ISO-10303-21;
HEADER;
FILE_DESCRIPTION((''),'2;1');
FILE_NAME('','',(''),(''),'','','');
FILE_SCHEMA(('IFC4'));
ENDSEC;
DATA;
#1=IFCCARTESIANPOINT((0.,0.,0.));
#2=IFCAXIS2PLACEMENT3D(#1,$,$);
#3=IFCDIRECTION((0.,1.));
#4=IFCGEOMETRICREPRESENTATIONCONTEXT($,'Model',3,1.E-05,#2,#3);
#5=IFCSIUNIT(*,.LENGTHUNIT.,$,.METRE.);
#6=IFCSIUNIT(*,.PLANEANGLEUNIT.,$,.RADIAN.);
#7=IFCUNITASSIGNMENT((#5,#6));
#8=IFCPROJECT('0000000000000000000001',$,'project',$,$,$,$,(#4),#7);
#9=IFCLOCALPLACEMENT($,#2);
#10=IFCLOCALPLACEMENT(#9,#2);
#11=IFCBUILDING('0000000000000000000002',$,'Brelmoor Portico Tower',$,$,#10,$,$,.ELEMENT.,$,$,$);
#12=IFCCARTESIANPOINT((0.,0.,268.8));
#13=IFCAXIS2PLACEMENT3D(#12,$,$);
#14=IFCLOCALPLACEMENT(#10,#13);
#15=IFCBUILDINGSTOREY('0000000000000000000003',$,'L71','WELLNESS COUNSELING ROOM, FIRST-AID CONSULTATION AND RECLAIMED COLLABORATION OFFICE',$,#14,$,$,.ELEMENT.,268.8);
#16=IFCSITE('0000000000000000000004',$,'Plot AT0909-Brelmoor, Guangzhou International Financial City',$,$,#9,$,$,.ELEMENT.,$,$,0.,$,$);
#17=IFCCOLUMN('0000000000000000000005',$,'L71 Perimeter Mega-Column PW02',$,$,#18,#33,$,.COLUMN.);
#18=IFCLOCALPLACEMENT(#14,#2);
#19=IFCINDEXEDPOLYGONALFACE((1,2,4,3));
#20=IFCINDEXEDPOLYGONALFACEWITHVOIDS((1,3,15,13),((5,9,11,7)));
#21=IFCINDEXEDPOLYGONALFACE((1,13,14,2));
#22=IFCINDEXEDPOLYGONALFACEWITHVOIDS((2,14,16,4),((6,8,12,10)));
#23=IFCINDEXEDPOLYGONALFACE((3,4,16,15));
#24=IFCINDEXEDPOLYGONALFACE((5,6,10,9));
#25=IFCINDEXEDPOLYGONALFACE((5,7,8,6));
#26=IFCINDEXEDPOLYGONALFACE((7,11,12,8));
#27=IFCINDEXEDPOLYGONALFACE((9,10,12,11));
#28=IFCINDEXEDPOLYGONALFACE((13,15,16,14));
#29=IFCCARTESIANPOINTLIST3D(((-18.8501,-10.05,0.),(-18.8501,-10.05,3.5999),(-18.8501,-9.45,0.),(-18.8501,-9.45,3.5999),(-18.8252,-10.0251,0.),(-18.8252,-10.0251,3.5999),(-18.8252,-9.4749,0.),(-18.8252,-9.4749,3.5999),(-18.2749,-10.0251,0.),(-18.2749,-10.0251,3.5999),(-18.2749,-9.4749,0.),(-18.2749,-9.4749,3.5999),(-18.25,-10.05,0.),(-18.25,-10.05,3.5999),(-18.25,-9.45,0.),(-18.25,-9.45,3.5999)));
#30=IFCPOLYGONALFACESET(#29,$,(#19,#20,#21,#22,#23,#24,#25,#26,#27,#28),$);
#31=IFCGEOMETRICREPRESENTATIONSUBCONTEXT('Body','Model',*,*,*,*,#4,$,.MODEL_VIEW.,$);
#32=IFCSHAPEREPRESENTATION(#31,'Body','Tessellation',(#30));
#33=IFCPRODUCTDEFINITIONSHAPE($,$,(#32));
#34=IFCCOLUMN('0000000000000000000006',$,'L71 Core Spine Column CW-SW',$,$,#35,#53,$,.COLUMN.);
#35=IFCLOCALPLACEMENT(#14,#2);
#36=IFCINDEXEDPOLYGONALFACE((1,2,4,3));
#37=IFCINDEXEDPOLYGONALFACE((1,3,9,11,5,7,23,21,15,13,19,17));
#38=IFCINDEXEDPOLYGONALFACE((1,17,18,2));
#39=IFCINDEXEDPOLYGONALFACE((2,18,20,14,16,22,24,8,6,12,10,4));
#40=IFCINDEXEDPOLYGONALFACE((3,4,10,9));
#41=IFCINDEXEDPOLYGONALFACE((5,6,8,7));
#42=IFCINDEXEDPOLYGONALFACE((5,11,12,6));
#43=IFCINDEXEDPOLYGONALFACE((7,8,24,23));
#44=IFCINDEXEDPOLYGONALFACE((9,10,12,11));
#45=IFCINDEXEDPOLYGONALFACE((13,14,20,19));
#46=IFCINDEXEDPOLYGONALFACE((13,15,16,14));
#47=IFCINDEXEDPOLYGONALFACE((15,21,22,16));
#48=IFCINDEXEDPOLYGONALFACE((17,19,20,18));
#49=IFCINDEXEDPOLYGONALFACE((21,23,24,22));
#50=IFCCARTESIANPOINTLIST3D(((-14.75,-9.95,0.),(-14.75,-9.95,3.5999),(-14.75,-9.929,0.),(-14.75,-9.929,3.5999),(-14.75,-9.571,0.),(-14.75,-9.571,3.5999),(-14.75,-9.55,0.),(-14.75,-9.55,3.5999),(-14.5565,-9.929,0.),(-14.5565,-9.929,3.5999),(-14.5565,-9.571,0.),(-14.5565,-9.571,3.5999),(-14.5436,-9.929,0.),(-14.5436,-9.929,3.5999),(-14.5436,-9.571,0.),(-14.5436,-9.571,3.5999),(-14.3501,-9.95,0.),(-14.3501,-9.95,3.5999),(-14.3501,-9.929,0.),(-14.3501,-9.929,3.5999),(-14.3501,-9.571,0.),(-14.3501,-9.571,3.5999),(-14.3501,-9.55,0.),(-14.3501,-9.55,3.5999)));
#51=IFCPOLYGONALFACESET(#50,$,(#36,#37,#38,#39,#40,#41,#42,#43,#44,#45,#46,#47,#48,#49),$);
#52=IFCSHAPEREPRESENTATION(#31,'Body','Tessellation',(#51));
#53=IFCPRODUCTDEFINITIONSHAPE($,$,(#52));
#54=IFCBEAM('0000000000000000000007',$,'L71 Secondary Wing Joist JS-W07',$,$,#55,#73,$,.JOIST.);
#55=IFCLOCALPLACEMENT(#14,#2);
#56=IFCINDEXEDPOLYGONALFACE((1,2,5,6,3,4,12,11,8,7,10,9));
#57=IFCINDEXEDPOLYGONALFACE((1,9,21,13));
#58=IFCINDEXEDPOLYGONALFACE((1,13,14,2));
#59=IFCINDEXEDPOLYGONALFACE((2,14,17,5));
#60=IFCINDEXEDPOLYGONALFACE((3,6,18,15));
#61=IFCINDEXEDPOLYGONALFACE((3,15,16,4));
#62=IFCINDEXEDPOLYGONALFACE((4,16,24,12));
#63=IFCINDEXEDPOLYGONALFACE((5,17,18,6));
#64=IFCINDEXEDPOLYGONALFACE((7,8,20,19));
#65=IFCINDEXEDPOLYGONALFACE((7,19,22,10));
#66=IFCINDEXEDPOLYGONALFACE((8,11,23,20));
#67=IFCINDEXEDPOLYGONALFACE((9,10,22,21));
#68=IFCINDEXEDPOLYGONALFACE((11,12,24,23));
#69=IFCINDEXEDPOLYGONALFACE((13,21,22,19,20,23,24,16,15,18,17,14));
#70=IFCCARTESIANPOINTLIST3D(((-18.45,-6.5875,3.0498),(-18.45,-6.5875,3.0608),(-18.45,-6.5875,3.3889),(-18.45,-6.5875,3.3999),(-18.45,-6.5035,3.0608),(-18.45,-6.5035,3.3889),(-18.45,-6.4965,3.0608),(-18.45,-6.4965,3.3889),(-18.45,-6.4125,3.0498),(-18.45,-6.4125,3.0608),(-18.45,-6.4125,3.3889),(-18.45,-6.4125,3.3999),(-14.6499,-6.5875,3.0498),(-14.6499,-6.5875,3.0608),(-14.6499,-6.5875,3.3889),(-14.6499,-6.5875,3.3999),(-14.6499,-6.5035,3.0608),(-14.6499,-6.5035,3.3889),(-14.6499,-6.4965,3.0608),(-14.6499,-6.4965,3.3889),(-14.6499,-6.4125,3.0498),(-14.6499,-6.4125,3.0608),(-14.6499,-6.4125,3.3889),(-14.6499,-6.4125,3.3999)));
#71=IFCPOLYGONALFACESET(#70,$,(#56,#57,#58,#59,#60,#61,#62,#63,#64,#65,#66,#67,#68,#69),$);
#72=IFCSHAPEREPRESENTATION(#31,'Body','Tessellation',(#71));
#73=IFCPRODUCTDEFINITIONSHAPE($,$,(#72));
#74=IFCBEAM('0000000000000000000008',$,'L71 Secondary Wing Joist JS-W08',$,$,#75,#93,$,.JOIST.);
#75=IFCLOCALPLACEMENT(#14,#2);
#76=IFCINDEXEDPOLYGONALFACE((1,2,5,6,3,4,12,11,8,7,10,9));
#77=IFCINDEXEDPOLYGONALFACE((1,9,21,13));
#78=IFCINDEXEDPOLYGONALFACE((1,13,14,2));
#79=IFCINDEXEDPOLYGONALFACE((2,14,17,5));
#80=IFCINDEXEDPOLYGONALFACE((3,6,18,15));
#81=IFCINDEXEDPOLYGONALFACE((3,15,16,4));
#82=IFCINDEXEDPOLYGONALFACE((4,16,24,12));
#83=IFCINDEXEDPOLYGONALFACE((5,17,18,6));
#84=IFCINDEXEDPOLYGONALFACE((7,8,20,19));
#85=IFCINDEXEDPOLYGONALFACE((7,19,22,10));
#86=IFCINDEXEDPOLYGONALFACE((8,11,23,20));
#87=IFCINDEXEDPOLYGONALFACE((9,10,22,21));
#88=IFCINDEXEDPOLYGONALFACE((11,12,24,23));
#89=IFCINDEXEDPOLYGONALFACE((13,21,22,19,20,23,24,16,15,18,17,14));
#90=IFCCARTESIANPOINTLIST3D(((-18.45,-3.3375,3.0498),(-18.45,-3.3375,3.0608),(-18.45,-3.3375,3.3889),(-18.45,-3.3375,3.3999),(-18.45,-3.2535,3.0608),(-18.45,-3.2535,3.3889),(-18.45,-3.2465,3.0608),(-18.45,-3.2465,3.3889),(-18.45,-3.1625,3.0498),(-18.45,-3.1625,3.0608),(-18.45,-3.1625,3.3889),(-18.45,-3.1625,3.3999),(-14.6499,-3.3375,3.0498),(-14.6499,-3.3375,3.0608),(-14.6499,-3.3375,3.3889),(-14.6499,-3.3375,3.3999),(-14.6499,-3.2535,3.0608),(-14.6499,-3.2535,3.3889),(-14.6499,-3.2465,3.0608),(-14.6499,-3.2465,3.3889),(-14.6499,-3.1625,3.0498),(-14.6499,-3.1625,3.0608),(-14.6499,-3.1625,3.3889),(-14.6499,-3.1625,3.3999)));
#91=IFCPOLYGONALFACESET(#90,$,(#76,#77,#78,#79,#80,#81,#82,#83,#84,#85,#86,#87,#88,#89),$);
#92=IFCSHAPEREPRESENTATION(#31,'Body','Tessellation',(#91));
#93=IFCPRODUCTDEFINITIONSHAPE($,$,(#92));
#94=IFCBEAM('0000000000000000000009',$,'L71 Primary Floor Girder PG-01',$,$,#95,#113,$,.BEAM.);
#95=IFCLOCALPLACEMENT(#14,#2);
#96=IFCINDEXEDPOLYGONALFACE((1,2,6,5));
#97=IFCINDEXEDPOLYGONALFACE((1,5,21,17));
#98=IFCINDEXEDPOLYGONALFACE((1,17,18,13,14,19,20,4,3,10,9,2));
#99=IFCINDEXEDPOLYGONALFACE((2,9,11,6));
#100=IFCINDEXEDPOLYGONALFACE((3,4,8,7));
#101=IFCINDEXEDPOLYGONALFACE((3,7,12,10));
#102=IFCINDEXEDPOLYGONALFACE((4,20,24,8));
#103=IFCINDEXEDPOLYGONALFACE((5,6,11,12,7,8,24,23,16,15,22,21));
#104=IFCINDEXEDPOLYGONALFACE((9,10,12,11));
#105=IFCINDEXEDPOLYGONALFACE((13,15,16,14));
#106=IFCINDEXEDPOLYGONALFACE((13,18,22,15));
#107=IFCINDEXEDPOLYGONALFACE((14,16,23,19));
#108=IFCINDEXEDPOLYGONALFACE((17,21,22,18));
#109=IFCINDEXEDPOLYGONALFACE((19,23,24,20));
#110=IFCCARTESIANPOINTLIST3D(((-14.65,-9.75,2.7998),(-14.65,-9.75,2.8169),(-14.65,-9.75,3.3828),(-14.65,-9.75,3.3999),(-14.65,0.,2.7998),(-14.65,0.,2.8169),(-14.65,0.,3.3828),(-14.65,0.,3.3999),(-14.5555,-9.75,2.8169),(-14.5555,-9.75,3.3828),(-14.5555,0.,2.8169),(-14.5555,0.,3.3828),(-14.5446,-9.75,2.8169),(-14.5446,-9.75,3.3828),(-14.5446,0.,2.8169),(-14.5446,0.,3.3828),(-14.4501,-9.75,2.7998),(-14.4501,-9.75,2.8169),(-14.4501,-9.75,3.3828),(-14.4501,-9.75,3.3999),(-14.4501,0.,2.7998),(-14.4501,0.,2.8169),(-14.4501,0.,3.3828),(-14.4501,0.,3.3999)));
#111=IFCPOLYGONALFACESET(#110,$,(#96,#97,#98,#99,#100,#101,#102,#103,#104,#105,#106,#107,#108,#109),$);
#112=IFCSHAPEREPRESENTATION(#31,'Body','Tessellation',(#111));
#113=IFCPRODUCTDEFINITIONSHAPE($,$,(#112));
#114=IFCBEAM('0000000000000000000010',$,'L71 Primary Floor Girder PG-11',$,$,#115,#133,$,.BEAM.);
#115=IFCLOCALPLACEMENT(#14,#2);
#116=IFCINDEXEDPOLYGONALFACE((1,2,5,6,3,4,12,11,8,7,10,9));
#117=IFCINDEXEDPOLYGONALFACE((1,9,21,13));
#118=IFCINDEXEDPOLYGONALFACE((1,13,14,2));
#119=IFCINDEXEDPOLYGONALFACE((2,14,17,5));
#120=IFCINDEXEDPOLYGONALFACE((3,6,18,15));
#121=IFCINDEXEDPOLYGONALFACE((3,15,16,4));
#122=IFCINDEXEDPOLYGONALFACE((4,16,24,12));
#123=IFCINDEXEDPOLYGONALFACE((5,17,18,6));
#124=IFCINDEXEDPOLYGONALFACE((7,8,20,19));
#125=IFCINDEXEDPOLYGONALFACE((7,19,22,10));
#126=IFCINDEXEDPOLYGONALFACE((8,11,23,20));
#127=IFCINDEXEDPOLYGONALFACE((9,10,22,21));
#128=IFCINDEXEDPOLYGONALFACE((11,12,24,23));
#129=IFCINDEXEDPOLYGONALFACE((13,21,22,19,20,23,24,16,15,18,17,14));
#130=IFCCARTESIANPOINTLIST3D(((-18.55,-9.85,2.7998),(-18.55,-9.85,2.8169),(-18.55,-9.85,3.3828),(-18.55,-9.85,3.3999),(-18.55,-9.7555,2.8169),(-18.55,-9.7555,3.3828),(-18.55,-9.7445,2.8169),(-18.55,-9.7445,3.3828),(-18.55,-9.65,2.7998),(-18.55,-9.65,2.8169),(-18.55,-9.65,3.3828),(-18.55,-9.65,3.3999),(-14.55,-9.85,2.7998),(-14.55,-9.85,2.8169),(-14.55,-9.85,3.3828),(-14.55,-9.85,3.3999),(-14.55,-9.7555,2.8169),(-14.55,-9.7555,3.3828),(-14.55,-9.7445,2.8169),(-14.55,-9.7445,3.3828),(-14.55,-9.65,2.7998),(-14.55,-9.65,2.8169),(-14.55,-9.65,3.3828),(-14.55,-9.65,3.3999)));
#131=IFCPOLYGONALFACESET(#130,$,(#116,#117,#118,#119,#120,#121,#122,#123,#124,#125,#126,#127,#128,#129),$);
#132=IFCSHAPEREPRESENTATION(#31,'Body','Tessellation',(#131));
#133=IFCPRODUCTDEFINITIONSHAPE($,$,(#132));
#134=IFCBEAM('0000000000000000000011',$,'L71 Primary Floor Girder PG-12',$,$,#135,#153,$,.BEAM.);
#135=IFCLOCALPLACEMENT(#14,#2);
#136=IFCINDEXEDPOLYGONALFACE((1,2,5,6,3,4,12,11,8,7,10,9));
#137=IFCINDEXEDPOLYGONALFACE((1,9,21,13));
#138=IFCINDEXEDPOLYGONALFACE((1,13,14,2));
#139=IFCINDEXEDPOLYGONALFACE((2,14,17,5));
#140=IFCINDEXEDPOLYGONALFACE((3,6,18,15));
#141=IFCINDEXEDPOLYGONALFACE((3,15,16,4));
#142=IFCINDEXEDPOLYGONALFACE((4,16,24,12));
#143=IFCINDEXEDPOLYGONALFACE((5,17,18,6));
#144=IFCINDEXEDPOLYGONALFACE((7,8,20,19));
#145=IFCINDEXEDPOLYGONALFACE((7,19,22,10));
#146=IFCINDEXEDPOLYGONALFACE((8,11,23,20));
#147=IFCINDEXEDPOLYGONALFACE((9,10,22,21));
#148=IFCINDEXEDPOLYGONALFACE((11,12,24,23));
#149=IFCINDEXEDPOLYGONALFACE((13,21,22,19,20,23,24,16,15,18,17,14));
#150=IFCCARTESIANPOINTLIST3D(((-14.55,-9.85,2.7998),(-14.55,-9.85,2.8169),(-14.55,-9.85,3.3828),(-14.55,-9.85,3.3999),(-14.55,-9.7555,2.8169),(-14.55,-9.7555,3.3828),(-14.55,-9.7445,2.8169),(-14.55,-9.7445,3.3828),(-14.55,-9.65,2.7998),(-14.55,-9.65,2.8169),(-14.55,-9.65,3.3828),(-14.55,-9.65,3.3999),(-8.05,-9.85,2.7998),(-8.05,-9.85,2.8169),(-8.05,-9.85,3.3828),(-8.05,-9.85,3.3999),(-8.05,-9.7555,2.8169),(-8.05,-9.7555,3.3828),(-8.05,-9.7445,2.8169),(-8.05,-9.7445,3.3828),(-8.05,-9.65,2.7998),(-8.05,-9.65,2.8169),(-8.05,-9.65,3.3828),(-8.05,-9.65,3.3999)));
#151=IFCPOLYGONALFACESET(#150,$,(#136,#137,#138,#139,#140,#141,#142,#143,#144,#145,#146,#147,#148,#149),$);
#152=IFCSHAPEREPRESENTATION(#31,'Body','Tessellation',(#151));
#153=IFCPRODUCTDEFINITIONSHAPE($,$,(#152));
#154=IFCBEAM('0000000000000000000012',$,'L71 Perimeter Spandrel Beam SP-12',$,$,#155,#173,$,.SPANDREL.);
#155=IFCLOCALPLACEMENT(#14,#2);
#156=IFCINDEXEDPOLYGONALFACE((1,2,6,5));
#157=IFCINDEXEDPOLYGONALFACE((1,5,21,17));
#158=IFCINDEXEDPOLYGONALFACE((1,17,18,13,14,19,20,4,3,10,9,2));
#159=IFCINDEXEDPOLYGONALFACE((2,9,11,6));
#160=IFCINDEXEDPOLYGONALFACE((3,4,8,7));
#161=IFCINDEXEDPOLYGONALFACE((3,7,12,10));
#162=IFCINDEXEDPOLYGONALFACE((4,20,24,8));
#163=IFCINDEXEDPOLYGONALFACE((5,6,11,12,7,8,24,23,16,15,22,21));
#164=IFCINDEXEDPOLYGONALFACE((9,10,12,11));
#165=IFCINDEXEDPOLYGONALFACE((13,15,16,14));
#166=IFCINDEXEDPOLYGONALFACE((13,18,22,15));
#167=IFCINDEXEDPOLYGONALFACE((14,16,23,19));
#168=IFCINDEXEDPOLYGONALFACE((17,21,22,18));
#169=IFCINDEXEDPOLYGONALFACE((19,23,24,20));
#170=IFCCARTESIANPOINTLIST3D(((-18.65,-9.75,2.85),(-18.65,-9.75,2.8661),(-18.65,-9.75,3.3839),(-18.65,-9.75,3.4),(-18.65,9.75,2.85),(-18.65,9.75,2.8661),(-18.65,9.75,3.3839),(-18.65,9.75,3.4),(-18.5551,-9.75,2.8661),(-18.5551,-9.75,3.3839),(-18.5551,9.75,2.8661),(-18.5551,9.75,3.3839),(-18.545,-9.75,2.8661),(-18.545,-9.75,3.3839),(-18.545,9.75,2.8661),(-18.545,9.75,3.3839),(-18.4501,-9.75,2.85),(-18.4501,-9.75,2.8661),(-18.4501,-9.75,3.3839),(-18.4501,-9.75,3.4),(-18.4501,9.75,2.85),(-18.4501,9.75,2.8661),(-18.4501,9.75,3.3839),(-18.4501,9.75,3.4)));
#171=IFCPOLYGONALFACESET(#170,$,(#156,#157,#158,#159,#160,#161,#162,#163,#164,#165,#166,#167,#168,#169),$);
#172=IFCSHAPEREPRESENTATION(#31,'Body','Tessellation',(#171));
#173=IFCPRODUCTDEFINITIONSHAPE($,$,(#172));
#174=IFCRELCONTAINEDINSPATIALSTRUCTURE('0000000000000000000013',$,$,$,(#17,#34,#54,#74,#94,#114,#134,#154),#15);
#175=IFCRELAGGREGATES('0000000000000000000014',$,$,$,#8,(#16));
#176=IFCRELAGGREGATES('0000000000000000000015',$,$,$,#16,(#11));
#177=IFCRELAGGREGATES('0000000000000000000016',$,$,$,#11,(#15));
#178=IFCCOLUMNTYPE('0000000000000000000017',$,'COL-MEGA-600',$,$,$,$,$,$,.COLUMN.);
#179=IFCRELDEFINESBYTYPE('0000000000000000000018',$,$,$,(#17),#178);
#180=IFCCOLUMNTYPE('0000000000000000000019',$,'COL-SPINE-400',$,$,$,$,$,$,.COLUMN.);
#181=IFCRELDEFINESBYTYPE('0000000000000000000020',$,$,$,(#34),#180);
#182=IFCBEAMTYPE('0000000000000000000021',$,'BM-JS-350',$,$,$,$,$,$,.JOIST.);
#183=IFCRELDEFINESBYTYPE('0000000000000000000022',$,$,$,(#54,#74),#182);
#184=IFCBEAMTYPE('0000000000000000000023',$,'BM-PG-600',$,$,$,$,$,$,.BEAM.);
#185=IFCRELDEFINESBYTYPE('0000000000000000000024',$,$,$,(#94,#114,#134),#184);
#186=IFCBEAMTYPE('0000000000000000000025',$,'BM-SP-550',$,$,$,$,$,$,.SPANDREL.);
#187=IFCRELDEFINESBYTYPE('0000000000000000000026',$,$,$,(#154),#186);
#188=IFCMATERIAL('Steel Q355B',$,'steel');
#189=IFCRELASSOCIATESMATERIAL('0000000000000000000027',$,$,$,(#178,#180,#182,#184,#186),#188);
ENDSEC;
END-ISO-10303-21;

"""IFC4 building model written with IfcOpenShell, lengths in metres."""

from ifc_helpers import new_model, si_unit, direction, frame, origin, origin_2d, place, context, subcontext, project, spatial, hollow_rectangle, i_section, extrude, material, material_profile, profile_set, type_object, element, save


model = new_model("IFC4")

# Units and contexts
model_context = context("Model", 3, precision=1e-05, world=origin(), true_north=direction((0.0, 1.0)))
body_context = subcontext(model_context, "Body", "Model", "MODEL_VIEW")
ifc_project = project(units=[si_unit("LENGTHUNIT", "METRE"), si_unit("PLANEANGLEUNIT", "RADIAN")], contexts=[model_context])

# Site, building, storey
site_placement = place(None, origin())
site = spatial("IfcSite", under=ifc_project, at=site_placement, Name="Plot AT0909-Brelmoor, Guangzhou International Financial City", CompositionType="ELEMENT", RefElevation=0.0)
building_placement = place(site_placement, origin())
building = spatial("IfcBuilding", under=site, at=building_placement, Name="Brelmoor Portico Tower", CompositionType="ELEMENT")
storey_placement = place(building_placement, frame((0.0, 0.0, 268.8)))
storey = spatial("IfcBuildingStorey", under=building, at=storey_placement, Name="L71", Description="WELLNESS COUNSELING ROOM, FIRST-AID CONSULTATION AND RECLAIMED COLLABORATION OFFICE", CompositionType="ELEMENT", Elevation=268.8)

# Columns
ifc_material_1 = material(Name="Steel Q355B", Category="steel")
ifc_material_profile_1 = material_profile(ifc_material_1, hollow_rectangle(XDim=0.6001, YDim=0.6001, WallThickness=0.0249, at=origin_2d()), Name="BOX 600x600x25")
ifc_profile_set_1 = profile_set([ifc_material_profile_1], Name="Steel Q355B")
column_type_1 = type_object("IfcColumnType", Name="COL-MEGA-600", PredefinedType="COLUMN", material=ifc_profile_set_1)
column_1_placement = place(storey_placement, frame((-18.55, -9.75, 0.0), z_axis=(0.0, 0.0, 1.0), x_axis=(0.0, 1.0, 0.0)))
element("IfcColumn", 1, at=column_1_placement, inside=storey, type_object=column_type_1, Name="L71 Perimeter Mega-Column PW02", PredefinedType="COLUMN", context=body_context, shape_type="SweptSolid", body=[
    extrude(hollow_rectangle(XDim=0.6001, YDim=0.6001, WallThickness=0.0249, at=origin_2d()), origin(), (0.0, 0.0, 1.0), 3.5999),
])
ifc_material_profile_2 = material_profile(ifc_material_1, i_section(OverallWidth=0.3999, OverallDepth=0.3999, WebThickness=0.0129, FlangeThickness=0.021, at=origin_2d()), Name="HW 400x400x13x21")
ifc_profile_set_2 = profile_set([ifc_material_profile_2], Name="Steel Q355B")
column_type_2 = type_object("IfcColumnType", Name="COL-SPINE-400", PredefinedType="COLUMN", material=ifc_profile_set_2)
column_2_placement = place(storey_placement, frame((-14.55, -9.75, 0.0), z_axis=(0.0, 0.0, 1.0), x_axis=(1.0, 0.0, 0.0)))
element("IfcColumn", 2, at=column_2_placement, inside=storey, type_object=column_type_2, Name="L71 Core Spine Column CW-SW", PredefinedType="COLUMN", context=body_context, shape_type="SweptSolid", body=[
    extrude(i_section(OverallWidth=0.3999, OverallDepth=0.3999, WebThickness=0.0129, FlangeThickness=0.021, at=origin_2d()), origin(), (0.0, 0.0, 1.0), 3.5999),
])

# Beams
ifc_material_profile_3 = material_profile(ifc_material_1, i_section(OverallWidth=0.175, OverallDepth=0.3501, WebThickness=0.0071, FlangeThickness=0.011, at=origin_2d()), Name="HN 350x175x7x11")
ifc_profile_set_3 = profile_set([ifc_material_profile_3], Name="Steel Q355B")
beam_type_1 = type_object("IfcBeamType", Name="BM-JS-350", PredefinedType="JOIST", material=ifc_profile_set_3)
for number, where, z_axis, x_axis, name in (
    (3, (-18.45, -6.5, 3.2249), (1.0, 0.0, 0.0), (0.0, 1.0, 0.0), "L71 Secondary Wing Joist JS-W07"),
    (4, (-18.45, -3.25, 3.2249), (1.0, 0.0, 0.0), (0.0, 1.0, 0.0), "L71 Secondary Wing Joist JS-W08"),
):
    element("IfcBeam", number, at=place(storey_placement, frame(where, z_axis=z_axis, x_axis=x_axis)), inside=storey, type_object=beam_type_1, Name=name, PredefinedType="JOIST", context=body_context, shape_type="SweptSolid", body=[
        extrude(i_section(OverallWidth=0.175, OverallDepth=0.3501, WebThickness=0.0071, FlangeThickness=0.011, at=origin_2d()), origin(), (0.0, 0.0, 1.0), 3.8),
    ])
ifc_material_profile_4 = material_profile(ifc_material_1, i_section(OverallWidth=0.2, OverallDepth=0.6001, WebThickness=0.011, FlangeThickness=0.0171, at=origin_2d()), Name="HN 600x200x11x17")
ifc_profile_set_4 = profile_set([ifc_material_profile_4], Name="Steel Q355B")
beam_type_2 = type_object("IfcBeamType", Name="BM-PG-600", PredefinedType="BEAM", material=ifc_profile_set_4)
beam_1_placement = place(storey_placement, frame((-14.55, -9.75, 3.0999), z_axis=(0.0, 1.0, 0.0), x_axis=(-1.0, 0.0, 0.0)))
element("IfcBeam", 5, at=beam_1_placement, inside=storey, type_object=beam_type_2, Name="L71 Primary Floor Girder PG-01", PredefinedType="BEAM", context=body_context, shape_type="SweptSolid", body=[
    extrude(i_section(OverallWidth=0.2, OverallDepth=0.6001, WebThickness=0.011, FlangeThickness=0.0171, at=origin_2d()), origin(), (0.0, 0.0, 1.0), 9.75),
])
beam_2_placement = place(storey_placement, frame((-18.55, -9.75, 3.0999), z_axis=(1.0, 0.0, 0.0), x_axis=(0.0, 1.0, 0.0)))
element("IfcBeam", 6, at=beam_2_placement, inside=storey, type_object=beam_type_2, Name="L71 Primary Floor Girder PG-11", PredefinedType="BEAM", context=body_context, shape_type="SweptSolid", body=[
    extrude(i_section(OverallWidth=0.2, OverallDepth=0.6001, WebThickness=0.011, FlangeThickness=0.0171, at=origin_2d()), origin(), (0.0, 0.0, 1.0), 4.0),
])
beam_3_placement = place(storey_placement, frame((-14.55, -9.75, 3.0999), z_axis=(1.0, 0.0, 0.0), x_axis=(0.0, 1.0, 0.0)))
element("IfcBeam", 7, at=beam_3_placement, inside=storey, type_object=beam_type_2, Name="L71 Primary Floor Girder PG-12", PredefinedType="BEAM", context=body_context, shape_type="SweptSolid", body=[
    extrude(i_section(OverallWidth=0.2, OverallDepth=0.6001, WebThickness=0.011, FlangeThickness=0.0171, at=origin_2d()), origin(), (0.0, 0.0, 1.0), 6.5),
])
ifc_material_profile_5 = material_profile(ifc_material_1, i_section(OverallWidth=0.2, OverallDepth=0.55, WebThickness=0.01, FlangeThickness=0.0161, at=origin_2d()), Name="HN 550x200x10x16")
ifc_profile_set_5 = profile_set([ifc_material_profile_5], Name="Steel Q355B")
beam_type_3 = type_object("IfcBeamType", Name="BM-SP-550", PredefinedType="SPANDREL", material=ifc_profile_set_5)
beam_4_placement = place(storey_placement, frame((-18.55, -9.75, 3.125), z_axis=(0.0, 1.0, 0.0), x_axis=(-1.0, 0.0, 0.0)))
element("IfcBeam", 8, at=beam_4_placement, inside=storey, type_object=beam_type_3, Name="L71 Perimeter Spandrel Beam SP-12", PredefinedType="SPANDREL", context=body_context, shape_type="SweptSolid", body=[
    extrude(i_section(OverallWidth=0.2, OverallDepth=0.55, WebThickness=0.01, FlangeThickness=0.0161, at=origin_2d()), origin(), (0.0, 0.0, 1.0), 19.5),
])

save(model, "model.ifc")
